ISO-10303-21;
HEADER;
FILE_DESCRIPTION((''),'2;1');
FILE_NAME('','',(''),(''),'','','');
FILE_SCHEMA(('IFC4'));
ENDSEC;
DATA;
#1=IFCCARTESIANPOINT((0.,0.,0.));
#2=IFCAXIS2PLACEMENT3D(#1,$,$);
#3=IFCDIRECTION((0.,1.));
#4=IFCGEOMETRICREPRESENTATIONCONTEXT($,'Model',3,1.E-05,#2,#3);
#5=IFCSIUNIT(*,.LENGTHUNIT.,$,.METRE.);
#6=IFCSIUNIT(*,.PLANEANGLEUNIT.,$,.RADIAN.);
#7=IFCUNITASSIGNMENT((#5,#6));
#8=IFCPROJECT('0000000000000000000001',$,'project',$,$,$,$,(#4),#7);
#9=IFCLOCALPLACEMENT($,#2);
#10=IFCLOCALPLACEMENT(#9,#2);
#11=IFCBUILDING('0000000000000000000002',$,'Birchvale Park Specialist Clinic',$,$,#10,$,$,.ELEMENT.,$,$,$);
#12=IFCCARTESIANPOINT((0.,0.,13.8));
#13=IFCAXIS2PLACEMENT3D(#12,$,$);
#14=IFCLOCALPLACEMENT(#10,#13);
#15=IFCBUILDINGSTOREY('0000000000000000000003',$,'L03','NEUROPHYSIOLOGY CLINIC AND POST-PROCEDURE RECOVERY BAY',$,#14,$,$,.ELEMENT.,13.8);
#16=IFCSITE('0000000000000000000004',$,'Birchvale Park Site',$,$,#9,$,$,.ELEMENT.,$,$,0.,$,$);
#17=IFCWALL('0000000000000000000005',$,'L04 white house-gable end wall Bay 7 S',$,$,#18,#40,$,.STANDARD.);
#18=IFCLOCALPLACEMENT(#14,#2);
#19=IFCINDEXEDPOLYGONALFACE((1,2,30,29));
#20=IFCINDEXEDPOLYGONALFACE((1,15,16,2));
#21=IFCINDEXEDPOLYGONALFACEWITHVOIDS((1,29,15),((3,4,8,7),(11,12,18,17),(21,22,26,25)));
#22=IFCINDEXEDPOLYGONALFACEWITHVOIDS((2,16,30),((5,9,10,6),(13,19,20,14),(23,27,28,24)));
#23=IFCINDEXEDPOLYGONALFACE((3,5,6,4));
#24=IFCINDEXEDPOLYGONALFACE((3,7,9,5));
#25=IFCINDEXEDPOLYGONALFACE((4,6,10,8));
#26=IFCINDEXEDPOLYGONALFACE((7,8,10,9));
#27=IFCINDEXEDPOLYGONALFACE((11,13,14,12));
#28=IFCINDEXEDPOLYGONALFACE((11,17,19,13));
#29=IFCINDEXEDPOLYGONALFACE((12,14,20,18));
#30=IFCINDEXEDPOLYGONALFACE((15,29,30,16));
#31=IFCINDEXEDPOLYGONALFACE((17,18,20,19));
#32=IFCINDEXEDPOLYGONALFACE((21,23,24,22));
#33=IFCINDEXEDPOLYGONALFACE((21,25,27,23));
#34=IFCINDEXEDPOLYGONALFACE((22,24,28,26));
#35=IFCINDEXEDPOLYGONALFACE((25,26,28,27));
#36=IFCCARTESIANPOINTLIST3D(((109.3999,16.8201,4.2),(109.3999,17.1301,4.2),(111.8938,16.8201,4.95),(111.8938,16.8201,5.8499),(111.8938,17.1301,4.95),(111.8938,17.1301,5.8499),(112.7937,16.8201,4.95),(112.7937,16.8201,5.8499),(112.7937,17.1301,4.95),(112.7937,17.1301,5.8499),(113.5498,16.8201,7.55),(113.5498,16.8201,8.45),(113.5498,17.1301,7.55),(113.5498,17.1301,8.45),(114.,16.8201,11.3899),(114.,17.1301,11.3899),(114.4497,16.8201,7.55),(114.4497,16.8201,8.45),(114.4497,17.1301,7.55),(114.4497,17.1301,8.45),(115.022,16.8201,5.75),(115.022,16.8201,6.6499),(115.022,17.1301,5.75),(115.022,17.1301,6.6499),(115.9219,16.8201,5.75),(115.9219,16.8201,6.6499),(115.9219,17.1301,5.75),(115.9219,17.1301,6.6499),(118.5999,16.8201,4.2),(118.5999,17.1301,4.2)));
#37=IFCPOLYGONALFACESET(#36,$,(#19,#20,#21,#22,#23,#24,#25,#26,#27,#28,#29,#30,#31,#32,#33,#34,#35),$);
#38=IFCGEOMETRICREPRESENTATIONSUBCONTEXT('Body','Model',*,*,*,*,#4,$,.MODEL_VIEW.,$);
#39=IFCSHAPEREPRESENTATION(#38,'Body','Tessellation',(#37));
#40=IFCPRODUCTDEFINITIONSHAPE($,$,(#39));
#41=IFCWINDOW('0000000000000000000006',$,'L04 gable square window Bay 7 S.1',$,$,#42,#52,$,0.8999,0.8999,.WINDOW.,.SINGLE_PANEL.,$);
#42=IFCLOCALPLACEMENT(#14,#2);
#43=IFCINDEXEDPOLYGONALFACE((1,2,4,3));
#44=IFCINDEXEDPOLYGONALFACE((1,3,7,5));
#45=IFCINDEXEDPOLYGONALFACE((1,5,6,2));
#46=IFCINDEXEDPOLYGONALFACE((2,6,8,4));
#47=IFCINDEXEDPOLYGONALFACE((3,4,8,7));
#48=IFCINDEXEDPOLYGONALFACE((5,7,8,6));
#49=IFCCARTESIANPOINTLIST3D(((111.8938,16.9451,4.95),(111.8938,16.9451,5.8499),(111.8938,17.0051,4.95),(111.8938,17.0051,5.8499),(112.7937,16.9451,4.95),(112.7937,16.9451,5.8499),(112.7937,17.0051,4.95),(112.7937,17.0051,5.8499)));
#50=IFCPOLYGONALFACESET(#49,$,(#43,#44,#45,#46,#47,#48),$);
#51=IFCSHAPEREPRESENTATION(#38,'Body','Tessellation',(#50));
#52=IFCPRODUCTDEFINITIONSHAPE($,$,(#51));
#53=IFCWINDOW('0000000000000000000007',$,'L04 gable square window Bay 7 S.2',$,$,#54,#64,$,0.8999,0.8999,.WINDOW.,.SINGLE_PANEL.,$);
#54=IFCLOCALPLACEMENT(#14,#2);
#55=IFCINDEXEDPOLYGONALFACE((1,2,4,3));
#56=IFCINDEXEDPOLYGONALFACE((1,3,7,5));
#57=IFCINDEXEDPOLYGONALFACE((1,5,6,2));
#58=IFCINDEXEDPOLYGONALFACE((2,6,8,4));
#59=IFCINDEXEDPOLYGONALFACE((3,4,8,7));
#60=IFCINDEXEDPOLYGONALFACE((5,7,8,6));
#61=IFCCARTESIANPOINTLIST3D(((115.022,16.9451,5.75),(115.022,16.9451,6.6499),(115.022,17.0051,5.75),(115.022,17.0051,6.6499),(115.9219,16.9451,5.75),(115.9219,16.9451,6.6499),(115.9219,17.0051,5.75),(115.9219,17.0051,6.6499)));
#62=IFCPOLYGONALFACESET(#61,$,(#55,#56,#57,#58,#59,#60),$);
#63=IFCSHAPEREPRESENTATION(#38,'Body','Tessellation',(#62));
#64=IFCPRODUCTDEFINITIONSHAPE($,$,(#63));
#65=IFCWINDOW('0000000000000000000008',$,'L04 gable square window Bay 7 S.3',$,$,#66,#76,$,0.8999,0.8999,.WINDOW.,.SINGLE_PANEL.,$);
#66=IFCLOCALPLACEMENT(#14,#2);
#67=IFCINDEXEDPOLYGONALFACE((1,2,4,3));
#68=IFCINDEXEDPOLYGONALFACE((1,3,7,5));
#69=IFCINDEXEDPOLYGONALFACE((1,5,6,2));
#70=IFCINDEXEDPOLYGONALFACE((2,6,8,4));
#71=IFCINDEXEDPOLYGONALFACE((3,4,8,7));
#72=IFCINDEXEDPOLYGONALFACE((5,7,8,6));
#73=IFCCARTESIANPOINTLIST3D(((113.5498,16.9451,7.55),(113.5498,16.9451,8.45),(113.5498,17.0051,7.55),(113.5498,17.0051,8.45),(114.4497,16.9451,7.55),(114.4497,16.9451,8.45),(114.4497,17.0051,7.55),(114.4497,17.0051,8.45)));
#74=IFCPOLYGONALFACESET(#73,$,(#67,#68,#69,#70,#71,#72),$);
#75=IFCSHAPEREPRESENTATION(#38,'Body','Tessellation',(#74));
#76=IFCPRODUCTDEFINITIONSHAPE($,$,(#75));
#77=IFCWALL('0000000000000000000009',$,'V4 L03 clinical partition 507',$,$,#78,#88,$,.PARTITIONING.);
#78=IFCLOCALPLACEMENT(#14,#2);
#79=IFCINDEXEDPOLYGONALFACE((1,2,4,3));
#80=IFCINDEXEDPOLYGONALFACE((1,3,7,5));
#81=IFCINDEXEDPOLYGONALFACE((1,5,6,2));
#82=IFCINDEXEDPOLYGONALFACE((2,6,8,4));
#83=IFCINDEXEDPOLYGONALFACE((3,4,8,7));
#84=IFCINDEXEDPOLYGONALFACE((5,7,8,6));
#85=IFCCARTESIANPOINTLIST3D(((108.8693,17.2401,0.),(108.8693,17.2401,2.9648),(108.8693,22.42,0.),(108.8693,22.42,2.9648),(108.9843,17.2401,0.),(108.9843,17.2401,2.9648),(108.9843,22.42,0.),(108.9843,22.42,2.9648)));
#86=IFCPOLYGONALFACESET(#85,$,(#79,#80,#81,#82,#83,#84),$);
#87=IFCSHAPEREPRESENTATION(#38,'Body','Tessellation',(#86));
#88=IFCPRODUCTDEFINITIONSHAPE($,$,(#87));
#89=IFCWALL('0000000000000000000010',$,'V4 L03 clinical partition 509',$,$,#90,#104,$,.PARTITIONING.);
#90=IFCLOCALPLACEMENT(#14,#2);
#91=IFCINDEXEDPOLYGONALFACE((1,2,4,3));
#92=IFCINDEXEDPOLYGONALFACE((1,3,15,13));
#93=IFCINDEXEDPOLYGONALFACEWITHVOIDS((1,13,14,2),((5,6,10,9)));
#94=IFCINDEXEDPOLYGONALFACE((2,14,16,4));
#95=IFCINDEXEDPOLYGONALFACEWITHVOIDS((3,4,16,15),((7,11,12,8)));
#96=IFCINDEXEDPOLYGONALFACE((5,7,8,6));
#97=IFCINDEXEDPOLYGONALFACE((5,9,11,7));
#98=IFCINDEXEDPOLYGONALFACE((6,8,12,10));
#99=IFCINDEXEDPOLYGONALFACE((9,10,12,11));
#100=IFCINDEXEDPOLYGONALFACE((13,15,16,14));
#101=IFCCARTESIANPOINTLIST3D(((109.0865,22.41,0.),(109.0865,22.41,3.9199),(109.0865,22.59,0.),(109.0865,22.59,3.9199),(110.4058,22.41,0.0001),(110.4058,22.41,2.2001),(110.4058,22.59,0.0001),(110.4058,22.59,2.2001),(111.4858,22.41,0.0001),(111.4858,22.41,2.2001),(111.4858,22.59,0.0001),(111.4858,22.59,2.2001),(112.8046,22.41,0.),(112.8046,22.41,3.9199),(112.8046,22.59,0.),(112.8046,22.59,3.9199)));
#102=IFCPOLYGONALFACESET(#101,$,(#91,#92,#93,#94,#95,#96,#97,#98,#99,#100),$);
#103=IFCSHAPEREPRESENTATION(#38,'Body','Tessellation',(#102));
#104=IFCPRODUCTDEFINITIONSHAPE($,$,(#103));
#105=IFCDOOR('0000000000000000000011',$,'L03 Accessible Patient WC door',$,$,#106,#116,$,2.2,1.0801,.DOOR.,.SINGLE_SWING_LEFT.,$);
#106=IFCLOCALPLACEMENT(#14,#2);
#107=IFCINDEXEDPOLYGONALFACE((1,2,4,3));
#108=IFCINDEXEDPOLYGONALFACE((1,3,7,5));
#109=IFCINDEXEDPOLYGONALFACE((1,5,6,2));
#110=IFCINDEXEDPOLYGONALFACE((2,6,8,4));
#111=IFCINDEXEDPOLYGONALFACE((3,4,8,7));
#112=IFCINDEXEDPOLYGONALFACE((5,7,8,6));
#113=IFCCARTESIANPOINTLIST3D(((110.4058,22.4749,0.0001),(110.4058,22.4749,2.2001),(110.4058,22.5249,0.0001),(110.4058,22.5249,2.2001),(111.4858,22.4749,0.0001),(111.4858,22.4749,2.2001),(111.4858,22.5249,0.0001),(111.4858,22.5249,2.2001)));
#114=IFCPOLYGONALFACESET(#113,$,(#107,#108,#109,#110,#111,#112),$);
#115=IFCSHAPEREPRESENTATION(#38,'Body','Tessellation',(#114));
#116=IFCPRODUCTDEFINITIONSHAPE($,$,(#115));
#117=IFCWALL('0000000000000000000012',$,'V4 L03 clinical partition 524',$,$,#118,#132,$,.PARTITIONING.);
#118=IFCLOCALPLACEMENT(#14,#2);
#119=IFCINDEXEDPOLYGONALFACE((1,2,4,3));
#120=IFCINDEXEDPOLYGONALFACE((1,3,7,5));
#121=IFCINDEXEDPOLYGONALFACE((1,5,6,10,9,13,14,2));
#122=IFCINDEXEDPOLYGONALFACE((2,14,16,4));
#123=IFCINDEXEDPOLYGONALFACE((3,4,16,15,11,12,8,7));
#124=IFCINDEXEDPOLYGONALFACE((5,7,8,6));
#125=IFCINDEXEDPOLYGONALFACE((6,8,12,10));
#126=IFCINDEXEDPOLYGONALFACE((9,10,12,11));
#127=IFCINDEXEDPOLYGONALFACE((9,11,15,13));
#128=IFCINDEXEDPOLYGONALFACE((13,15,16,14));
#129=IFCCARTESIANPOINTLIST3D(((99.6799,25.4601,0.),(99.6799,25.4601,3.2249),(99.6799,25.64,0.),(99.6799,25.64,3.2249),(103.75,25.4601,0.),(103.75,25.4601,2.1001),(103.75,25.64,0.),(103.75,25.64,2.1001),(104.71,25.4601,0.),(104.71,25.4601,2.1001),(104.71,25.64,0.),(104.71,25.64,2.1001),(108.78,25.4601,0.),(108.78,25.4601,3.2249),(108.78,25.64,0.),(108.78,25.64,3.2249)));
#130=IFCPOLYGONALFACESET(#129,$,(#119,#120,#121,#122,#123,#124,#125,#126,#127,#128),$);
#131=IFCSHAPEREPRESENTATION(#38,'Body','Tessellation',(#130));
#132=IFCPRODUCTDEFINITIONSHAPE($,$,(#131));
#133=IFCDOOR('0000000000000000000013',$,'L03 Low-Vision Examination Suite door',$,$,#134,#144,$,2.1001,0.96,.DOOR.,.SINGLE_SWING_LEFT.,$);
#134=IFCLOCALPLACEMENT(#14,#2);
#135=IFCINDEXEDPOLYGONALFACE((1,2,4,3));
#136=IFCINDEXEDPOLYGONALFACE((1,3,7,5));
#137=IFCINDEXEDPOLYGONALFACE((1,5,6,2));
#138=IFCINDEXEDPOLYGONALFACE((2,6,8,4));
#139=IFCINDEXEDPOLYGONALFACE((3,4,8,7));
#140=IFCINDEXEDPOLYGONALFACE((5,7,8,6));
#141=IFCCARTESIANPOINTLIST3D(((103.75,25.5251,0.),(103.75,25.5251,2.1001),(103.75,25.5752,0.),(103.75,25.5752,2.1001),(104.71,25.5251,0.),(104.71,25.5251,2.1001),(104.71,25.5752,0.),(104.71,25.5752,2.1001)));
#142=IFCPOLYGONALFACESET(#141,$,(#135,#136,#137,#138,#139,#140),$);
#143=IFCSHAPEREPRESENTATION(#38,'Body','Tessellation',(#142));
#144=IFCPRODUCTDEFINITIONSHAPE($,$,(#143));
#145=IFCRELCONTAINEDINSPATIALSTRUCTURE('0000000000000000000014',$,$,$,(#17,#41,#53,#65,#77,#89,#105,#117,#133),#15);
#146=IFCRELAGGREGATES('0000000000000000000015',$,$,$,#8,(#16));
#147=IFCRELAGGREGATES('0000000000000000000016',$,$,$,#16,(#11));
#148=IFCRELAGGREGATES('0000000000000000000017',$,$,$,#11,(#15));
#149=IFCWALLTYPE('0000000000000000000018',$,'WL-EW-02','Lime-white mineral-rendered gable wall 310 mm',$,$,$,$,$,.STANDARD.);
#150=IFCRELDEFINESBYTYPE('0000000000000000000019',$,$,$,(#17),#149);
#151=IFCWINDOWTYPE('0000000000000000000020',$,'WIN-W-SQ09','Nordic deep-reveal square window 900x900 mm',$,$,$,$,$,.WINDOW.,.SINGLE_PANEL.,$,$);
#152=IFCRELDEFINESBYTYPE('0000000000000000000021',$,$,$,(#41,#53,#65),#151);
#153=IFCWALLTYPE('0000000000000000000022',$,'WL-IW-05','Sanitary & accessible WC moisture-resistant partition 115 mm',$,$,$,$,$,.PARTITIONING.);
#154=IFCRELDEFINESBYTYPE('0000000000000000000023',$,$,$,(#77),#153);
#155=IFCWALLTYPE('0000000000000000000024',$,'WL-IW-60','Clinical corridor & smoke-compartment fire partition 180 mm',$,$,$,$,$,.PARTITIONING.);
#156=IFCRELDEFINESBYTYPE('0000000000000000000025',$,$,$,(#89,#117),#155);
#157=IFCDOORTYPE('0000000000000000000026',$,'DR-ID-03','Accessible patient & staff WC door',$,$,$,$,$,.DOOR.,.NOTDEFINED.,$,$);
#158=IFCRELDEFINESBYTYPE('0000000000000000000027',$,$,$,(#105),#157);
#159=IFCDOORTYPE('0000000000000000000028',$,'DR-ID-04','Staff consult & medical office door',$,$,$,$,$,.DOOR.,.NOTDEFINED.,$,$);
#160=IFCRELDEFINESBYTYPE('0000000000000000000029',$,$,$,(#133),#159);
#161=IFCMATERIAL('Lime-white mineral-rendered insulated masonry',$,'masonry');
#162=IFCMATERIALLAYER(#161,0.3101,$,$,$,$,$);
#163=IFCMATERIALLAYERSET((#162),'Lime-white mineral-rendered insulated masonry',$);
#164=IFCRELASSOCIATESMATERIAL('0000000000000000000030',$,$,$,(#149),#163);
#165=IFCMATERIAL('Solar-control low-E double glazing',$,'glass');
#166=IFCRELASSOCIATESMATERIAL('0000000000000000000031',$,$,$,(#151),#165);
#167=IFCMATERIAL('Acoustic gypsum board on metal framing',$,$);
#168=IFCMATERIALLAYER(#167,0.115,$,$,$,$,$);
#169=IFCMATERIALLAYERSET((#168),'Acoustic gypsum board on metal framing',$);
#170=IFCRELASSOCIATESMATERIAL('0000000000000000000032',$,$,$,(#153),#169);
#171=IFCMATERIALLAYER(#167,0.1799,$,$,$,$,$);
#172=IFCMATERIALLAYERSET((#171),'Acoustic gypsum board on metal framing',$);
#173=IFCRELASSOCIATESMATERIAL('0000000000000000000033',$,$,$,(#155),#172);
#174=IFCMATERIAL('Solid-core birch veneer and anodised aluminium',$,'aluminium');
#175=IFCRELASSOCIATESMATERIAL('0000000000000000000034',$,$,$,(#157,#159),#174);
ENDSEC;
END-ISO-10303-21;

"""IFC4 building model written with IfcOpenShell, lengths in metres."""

from ifc_helpers import new_model, si_unit, direction, frame, frame_2d, origin, place, context, subcontext, project, spatial, polyline, rectangle, outline, extrude, material, layer, layer_set, type_object, element, fill, save


model = new_model("IFC4")

# Units and contexts
model_context = context("Model", 3, precision=1e-05, world=origin(), true_north=direction((0.0, 1.0)))
body_context = subcontext(model_context, "Body", "Model", "MODEL_VIEW")
ifc_project = project(units=[si_unit("LENGTHUNIT", "METRE"), si_unit("PLANEANGLEUNIT", "RADIAN")], contexts=[model_context])

# Site, building, storey
site_placement = place(None, origin())
site = spatial("IfcSite", under=ifc_project, at=site_placement, Name="Birchvale Park Site", CompositionType="ELEMENT", RefElevation=0.0)
building_placement = place(site_placement, origin())
building = spatial("IfcBuilding", under=site, at=building_placement, Name="Birchvale Park Specialist Clinic", CompositionType="ELEMENT")
storey_placement = place(building_placement, frame((0.0, 0.0, 13.8)))
storey = spatial("IfcBuildingStorey", under=building, at=storey_placement, Name="L03", Description="NEUROPHYSIOLOGY CLINIC AND POST-PROCEDURE RECOVERY BAY", CompositionType="ELEMENT", Elevation=13.8)

# Shared definitions
ifc_material_1 = material(Name="Lime-white mineral-rendered insulated masonry", Category="masonry")
ifc_material_2 = material(Name="Solar-control low-E double glazing", Category="glass")

# Wall, openings, windows
ifc_layer_1 = layer(ifc_material_1, 0.3101)
ifc_layer_set_1 = layer_set([ifc_layer_1], Name="Lime-white mineral-rendered insulated masonry")
wall_type_1 = type_object("IfcWallType", Name="WL-EW-02", Description="Lime-white mineral-rendered gable wall 310 mm", PredefinedType="STANDARD", material=ifc_layer_set_1)
wall_1_placement = place(storey_placement, frame((109.3999, 16.9751, 4.2), z_axis=(0.0, 0.0, 1.0), x_axis=(1.0, 0.0, 0.0)))
wall_1 = element("IfcWall", 1, at=wall_1_placement, inside=storey, type_object=wall_type_1, Name="L04 white house-gable end wall Bay 7 S", PredefinedType="STANDARD", context=body_context, shape_type="SweptSolid", body=[
    extrude(outline(polyline([(0.0, 0.0), (9.2002, 0.0), (9.2, 0.0), (4.6001, 7.1899), (0.0, 0.0), (0.0, 0.0)])), frame((0.0, 0.155, 0.0), z_axis=(0.0, -1.0, 0.0), x_axis=(1.0, 0.0, 0.0)), (0.0, 0.0, 1.0), 0.3101),
])
opening_1_placement = place(wall_1_placement, frame((2.4939, 0.0, 0.75)))
opening_1 = element("IfcOpeningElement", 2, at=opening_1_placement, cuts=wall_1, PredefinedType="OPENING", context=body_context, shape_type="SweptSolid", body=[
    extrude(rectangle(XDim=0.8999, YDim=0.8999, at=frame_2d((0.45, 0.45))), frame((0.0, 0.165, 0.0), z_axis=(0.0, -1.0, 0.0), x_axis=(1.0, 0.0, 0.0)), (0.0, 0.0, 1.0), 0.3301),
])
opening_2_placement = place(wall_1_placement, frame((5.6221, 0.0, 1.55)))
opening_2 = element("IfcOpeningElement", 3, at=opening_2_placement, cuts=wall_1, PredefinedType="OPENING", context=body_context, shape_type="SweptSolid", body=[
    extrude(rectangle(XDim=0.8999, YDim=0.8999, at=frame_2d((0.45, 0.45))), frame((0.0, 0.165, 0.0), z_axis=(0.0, -1.0, 0.0), x_axis=(1.0, 0.0, 0.0)), (0.0, 0.0, 1.0), 0.3301),
])
opening_3_placement = place(wall_1_placement, frame((4.1499, 0.0, 3.3501)))
opening_3 = element("IfcOpeningElement", 4, at=opening_3_placement, cuts=wall_1, PredefinedType="OPENING", context=body_context, shape_type="SweptSolid", body=[
    extrude(rectangle(XDim=0.8999, YDim=0.8999, at=frame_2d((0.45, 0.45))), frame((0.0, 0.165, 0.0), z_axis=(0.0, -1.0, 0.0), x_axis=(1.0, 0.0, 0.0)), (0.0, 0.0, 1.0), 0.3301),
])
window_type_1 = type_object("IfcWindowType", Name="WIN-W-SQ09", Description="Nordic deep-reveal square window 900x900 mm", PartitioningType="SINGLE_PANEL", PredefinedType="WINDOW", material=ifc_material_2)
window_1_placement = place(opening_1_placement, origin())
window_1 = element("IfcWindow", 5, at=window_1_placement, inside=storey, type_object=window_type_1, Name="L04 gable square window Bay 7 S.1", OverallHeight=0.8999, OverallWidth=0.8999, PartitioningType="SINGLE_PANEL", PredefinedType="WINDOW", context=body_context, shape_type="SweptSolid", body=[
    extrude(rectangle(XDim=0.8999, YDim=0.8999, at=frame_2d((0.45, 0.45))), frame((0.0, 0.03, 0.0), z_axis=(0.0, -1.0, 0.0), x_axis=(1.0, 0.0, 0.0)), (0.0, 0.0, 1.0), 0.0601),
])
fill(opening_1, window_1)
window_2_placement = place(opening_2_placement, origin())
window_2 = element("IfcWindow", 6, at=window_2_placement, inside=storey, type_object=window_type_1, Name="L04 gable square window Bay 7 S.2", OverallHeight=0.8999, OverallWidth=0.8999, PartitioningType="SINGLE_PANEL", PredefinedType="WINDOW", context=body_context, shape_type="SweptSolid", body=[
    extrude(rectangle(XDim=0.8999, YDim=0.8999, at=frame_2d((0.45, 0.45))), frame((0.0, 0.03, 0.0), z_axis=(0.0, -1.0, 0.0), x_axis=(1.0, 0.0, 0.0)), (0.0, 0.0, 1.0), 0.0601),
])
fill(opening_2, window_2)
window_3_placement = place(opening_3_placement, origin())
window_3 = element("IfcWindow", 7, at=window_3_placement, inside=storey, type_object=window_type_1, Name="L04 gable square window Bay 7 S.3", OverallHeight=0.8999, OverallWidth=0.8999, PartitioningType="SINGLE_PANEL", PredefinedType="WINDOW", context=body_context, shape_type="SweptSolid", body=[
    extrude(rectangle(XDim=0.8999, YDim=0.8999, at=frame_2d((0.45, 0.45))), frame((0.0, 0.03, 0.0), z_axis=(0.0, -1.0, 0.0), x_axis=(1.0, 0.0, 0.0)), (0.0, 0.0, 1.0), 0.0601),
])
fill(opening_3, window_3)

# Wall
ifc_material_3 = material(Name="Acoustic gypsum board on metal framing")
ifc_layer_2 = layer(ifc_material_3, 0.115)
ifc_layer_set_2 = layer_set([ifc_layer_2], Name="Acoustic gypsum board on metal framing")
wall_type_2 = type_object("IfcWallType", Name="WL-IW-05", Description="Sanitary & accessible WC moisture-resistant partition 115 mm", PredefinedType="PARTITIONING", material=ifc_layer_set_2)
wall_2_placement = place(storey_placement, frame((108.9268, 22.4199, 0.0), z_axis=(0.0, 0.0, 1.0), x_axis=(0.0, -1.0, 0.0)))
element("IfcWall", 8, at=wall_2_placement, inside=storey, type_object=wall_type_2, Name="V4 L03 clinical partition 507", PredefinedType="PARTITIONING", context=body_context, shape_type="SweptSolid", body=[
    extrude(rectangle(XDim=5.1799, YDim=0.115, at=frame_2d((2.5898, 0.0))), origin(), (0.0, 0.0, 1.0), 2.9648),
])

# Walls, openings, doors
ifc_layer_3 = layer(ifc_material_3, 0.1799)
ifc_layer_set_3 = layer_set([ifc_layer_3], Name="Acoustic gypsum board on metal framing")
wall_type_3 = type_object("IfcWallType", Name="WL-IW-60", Description="Clinical corridor & smoke-compartment fire partition 180 mm", PredefinedType="PARTITIONING", material=ifc_layer_set_3)
wall_3_placement = place(storey_placement, frame((109.0867, 22.5, 0.0), z_axis=(0.0, 0.0, 1.0), x_axis=(1.0, 0.0, 0.0)))
wall_3 = element("IfcWall", 9, at=wall_3_placement, inside=storey, type_object=wall_type_3, Name="V4 L03 clinical partition 509", PredefinedType="PARTITIONING", context=body_context, shape_type="SweptSolid", body=[
    extrude(rectangle(XDim=3.718, YDim=0.1799, at=frame_2d((1.8589, 0.0))), origin(), (0.0, 0.0, 1.0), 3.9199),
])
opening_4_placement = place(wall_3_placement, frame((1.3191, 0.0, 0.0)))
opening_4 = element("IfcOpeningElement", 10, at=opening_4_placement, cuts=wall_3, PredefinedType="OPENING", context=body_context, shape_type="SweptSolid", body=[
    extrude(rectangle(XDim=1.0801, YDim=2.2, at=frame_2d((0.54, 1.1001))), frame((0.0, 0.1001, 0.0), z_axis=(0.0, -1.0, 0.0), x_axis=(1.0, 0.0, 0.0)), (0.0, 0.0, 1.0), 0.2),
])
ifc_material_4 = material(Name="Solid-core birch veneer and anodised aluminium", Category="aluminium")
door_type_1 = type_object("IfcDoorType", Name="DR-ID-03", Description="Accessible patient & staff WC door", OperationType="NOTDEFINED", PredefinedType="DOOR", material=ifc_material_4)
door_1_placement = place(opening_4_placement, origin())
door_1 = element("IfcDoor", 11, at=door_1_placement, inside=storey, type_object=door_type_1, Name="L03 Accessible Patient WC door", OperationType="SINGLE_SWING_LEFT", OverallHeight=2.2, OverallWidth=1.0801, PredefinedType="DOOR", context=body_context, shape_type="SweptSolid", body=[
    extrude(rectangle(XDim=1.0801, YDim=2.2, at=frame_2d((0.54, 1.1001))), frame((0.0, 0.0249, 0.0), z_axis=(0.0, -1.0, 0.0), x_axis=(1.0, 0.0, 0.0)), (0.0, 0.0, 1.0), 0.05),
])
fill(opening_4, door_1)
wall_4_placement = place(storey_placement, frame((108.78, 25.55, 0.0), z_axis=(0.0, 0.0, 1.0), x_axis=(-1.0, 0.0, 0.0)))
wall_4 = element("IfcWall", 12, at=wall_4_placement, inside=storey, type_object=wall_type_3, Name="V4 L03 clinical partition 524", PredefinedType="PARTITIONING", context=body_context, shape_type="SweptSolid", body=[
    extrude(rectangle(XDim=9.1001, YDim=0.1799, at=frame_2d((4.55, 0.0))), origin(), (0.0, 0.0, 1.0), 3.2249),
])
opening_5_placement = place(wall_4_placement, frame((4.0701, 0.0, 0.0)))
opening_5 = element("IfcOpeningElement", 13, at=opening_5_placement, cuts=wall_4, PredefinedType="OPENING", context=body_context, shape_type="SweptSolid", body=[
    extrude(rectangle(XDim=0.96, YDim=2.1001, at=frame_2d((0.48, 1.05))), frame((0.0, 0.1001, 0.0), z_axis=(0.0, -1.0, 0.0), x_axis=(1.0, 0.0, 0.0)), (0.0, 0.0, 1.0), 0.2),
])
door_type_2 = type_object("IfcDoorType", Name="DR-ID-04", Description="Staff consult & medical office door", OperationType="NOTDEFINED", PredefinedType="DOOR", material=ifc_material_4)
door_2_placement = place(opening_5_placement, origin())
door_2 = element("IfcDoor", 14, at=door_2_placement, inside=storey, type_object=door_type_2, Name="L03 Low-Vision Examination Suite door", OperationType="SINGLE_SWING_LEFT", OverallHeight=2.1001, OverallWidth=0.96, PredefinedType="DOOR", context=body_context, shape_type="SweptSolid", body=[
    extrude(rectangle(XDim=0.96, YDim=2.1001, at=frame_2d((0.48, 1.05))), frame((0.0, 0.0249, 0.0), z_axis=(0.0, -1.0, 0.0), x_axis=(1.0, 0.0, 0.0)), (0.0, 0.0, 1.0), 0.05),
])
fill(opening_5, door_2)

save(model, "model.ifc")
